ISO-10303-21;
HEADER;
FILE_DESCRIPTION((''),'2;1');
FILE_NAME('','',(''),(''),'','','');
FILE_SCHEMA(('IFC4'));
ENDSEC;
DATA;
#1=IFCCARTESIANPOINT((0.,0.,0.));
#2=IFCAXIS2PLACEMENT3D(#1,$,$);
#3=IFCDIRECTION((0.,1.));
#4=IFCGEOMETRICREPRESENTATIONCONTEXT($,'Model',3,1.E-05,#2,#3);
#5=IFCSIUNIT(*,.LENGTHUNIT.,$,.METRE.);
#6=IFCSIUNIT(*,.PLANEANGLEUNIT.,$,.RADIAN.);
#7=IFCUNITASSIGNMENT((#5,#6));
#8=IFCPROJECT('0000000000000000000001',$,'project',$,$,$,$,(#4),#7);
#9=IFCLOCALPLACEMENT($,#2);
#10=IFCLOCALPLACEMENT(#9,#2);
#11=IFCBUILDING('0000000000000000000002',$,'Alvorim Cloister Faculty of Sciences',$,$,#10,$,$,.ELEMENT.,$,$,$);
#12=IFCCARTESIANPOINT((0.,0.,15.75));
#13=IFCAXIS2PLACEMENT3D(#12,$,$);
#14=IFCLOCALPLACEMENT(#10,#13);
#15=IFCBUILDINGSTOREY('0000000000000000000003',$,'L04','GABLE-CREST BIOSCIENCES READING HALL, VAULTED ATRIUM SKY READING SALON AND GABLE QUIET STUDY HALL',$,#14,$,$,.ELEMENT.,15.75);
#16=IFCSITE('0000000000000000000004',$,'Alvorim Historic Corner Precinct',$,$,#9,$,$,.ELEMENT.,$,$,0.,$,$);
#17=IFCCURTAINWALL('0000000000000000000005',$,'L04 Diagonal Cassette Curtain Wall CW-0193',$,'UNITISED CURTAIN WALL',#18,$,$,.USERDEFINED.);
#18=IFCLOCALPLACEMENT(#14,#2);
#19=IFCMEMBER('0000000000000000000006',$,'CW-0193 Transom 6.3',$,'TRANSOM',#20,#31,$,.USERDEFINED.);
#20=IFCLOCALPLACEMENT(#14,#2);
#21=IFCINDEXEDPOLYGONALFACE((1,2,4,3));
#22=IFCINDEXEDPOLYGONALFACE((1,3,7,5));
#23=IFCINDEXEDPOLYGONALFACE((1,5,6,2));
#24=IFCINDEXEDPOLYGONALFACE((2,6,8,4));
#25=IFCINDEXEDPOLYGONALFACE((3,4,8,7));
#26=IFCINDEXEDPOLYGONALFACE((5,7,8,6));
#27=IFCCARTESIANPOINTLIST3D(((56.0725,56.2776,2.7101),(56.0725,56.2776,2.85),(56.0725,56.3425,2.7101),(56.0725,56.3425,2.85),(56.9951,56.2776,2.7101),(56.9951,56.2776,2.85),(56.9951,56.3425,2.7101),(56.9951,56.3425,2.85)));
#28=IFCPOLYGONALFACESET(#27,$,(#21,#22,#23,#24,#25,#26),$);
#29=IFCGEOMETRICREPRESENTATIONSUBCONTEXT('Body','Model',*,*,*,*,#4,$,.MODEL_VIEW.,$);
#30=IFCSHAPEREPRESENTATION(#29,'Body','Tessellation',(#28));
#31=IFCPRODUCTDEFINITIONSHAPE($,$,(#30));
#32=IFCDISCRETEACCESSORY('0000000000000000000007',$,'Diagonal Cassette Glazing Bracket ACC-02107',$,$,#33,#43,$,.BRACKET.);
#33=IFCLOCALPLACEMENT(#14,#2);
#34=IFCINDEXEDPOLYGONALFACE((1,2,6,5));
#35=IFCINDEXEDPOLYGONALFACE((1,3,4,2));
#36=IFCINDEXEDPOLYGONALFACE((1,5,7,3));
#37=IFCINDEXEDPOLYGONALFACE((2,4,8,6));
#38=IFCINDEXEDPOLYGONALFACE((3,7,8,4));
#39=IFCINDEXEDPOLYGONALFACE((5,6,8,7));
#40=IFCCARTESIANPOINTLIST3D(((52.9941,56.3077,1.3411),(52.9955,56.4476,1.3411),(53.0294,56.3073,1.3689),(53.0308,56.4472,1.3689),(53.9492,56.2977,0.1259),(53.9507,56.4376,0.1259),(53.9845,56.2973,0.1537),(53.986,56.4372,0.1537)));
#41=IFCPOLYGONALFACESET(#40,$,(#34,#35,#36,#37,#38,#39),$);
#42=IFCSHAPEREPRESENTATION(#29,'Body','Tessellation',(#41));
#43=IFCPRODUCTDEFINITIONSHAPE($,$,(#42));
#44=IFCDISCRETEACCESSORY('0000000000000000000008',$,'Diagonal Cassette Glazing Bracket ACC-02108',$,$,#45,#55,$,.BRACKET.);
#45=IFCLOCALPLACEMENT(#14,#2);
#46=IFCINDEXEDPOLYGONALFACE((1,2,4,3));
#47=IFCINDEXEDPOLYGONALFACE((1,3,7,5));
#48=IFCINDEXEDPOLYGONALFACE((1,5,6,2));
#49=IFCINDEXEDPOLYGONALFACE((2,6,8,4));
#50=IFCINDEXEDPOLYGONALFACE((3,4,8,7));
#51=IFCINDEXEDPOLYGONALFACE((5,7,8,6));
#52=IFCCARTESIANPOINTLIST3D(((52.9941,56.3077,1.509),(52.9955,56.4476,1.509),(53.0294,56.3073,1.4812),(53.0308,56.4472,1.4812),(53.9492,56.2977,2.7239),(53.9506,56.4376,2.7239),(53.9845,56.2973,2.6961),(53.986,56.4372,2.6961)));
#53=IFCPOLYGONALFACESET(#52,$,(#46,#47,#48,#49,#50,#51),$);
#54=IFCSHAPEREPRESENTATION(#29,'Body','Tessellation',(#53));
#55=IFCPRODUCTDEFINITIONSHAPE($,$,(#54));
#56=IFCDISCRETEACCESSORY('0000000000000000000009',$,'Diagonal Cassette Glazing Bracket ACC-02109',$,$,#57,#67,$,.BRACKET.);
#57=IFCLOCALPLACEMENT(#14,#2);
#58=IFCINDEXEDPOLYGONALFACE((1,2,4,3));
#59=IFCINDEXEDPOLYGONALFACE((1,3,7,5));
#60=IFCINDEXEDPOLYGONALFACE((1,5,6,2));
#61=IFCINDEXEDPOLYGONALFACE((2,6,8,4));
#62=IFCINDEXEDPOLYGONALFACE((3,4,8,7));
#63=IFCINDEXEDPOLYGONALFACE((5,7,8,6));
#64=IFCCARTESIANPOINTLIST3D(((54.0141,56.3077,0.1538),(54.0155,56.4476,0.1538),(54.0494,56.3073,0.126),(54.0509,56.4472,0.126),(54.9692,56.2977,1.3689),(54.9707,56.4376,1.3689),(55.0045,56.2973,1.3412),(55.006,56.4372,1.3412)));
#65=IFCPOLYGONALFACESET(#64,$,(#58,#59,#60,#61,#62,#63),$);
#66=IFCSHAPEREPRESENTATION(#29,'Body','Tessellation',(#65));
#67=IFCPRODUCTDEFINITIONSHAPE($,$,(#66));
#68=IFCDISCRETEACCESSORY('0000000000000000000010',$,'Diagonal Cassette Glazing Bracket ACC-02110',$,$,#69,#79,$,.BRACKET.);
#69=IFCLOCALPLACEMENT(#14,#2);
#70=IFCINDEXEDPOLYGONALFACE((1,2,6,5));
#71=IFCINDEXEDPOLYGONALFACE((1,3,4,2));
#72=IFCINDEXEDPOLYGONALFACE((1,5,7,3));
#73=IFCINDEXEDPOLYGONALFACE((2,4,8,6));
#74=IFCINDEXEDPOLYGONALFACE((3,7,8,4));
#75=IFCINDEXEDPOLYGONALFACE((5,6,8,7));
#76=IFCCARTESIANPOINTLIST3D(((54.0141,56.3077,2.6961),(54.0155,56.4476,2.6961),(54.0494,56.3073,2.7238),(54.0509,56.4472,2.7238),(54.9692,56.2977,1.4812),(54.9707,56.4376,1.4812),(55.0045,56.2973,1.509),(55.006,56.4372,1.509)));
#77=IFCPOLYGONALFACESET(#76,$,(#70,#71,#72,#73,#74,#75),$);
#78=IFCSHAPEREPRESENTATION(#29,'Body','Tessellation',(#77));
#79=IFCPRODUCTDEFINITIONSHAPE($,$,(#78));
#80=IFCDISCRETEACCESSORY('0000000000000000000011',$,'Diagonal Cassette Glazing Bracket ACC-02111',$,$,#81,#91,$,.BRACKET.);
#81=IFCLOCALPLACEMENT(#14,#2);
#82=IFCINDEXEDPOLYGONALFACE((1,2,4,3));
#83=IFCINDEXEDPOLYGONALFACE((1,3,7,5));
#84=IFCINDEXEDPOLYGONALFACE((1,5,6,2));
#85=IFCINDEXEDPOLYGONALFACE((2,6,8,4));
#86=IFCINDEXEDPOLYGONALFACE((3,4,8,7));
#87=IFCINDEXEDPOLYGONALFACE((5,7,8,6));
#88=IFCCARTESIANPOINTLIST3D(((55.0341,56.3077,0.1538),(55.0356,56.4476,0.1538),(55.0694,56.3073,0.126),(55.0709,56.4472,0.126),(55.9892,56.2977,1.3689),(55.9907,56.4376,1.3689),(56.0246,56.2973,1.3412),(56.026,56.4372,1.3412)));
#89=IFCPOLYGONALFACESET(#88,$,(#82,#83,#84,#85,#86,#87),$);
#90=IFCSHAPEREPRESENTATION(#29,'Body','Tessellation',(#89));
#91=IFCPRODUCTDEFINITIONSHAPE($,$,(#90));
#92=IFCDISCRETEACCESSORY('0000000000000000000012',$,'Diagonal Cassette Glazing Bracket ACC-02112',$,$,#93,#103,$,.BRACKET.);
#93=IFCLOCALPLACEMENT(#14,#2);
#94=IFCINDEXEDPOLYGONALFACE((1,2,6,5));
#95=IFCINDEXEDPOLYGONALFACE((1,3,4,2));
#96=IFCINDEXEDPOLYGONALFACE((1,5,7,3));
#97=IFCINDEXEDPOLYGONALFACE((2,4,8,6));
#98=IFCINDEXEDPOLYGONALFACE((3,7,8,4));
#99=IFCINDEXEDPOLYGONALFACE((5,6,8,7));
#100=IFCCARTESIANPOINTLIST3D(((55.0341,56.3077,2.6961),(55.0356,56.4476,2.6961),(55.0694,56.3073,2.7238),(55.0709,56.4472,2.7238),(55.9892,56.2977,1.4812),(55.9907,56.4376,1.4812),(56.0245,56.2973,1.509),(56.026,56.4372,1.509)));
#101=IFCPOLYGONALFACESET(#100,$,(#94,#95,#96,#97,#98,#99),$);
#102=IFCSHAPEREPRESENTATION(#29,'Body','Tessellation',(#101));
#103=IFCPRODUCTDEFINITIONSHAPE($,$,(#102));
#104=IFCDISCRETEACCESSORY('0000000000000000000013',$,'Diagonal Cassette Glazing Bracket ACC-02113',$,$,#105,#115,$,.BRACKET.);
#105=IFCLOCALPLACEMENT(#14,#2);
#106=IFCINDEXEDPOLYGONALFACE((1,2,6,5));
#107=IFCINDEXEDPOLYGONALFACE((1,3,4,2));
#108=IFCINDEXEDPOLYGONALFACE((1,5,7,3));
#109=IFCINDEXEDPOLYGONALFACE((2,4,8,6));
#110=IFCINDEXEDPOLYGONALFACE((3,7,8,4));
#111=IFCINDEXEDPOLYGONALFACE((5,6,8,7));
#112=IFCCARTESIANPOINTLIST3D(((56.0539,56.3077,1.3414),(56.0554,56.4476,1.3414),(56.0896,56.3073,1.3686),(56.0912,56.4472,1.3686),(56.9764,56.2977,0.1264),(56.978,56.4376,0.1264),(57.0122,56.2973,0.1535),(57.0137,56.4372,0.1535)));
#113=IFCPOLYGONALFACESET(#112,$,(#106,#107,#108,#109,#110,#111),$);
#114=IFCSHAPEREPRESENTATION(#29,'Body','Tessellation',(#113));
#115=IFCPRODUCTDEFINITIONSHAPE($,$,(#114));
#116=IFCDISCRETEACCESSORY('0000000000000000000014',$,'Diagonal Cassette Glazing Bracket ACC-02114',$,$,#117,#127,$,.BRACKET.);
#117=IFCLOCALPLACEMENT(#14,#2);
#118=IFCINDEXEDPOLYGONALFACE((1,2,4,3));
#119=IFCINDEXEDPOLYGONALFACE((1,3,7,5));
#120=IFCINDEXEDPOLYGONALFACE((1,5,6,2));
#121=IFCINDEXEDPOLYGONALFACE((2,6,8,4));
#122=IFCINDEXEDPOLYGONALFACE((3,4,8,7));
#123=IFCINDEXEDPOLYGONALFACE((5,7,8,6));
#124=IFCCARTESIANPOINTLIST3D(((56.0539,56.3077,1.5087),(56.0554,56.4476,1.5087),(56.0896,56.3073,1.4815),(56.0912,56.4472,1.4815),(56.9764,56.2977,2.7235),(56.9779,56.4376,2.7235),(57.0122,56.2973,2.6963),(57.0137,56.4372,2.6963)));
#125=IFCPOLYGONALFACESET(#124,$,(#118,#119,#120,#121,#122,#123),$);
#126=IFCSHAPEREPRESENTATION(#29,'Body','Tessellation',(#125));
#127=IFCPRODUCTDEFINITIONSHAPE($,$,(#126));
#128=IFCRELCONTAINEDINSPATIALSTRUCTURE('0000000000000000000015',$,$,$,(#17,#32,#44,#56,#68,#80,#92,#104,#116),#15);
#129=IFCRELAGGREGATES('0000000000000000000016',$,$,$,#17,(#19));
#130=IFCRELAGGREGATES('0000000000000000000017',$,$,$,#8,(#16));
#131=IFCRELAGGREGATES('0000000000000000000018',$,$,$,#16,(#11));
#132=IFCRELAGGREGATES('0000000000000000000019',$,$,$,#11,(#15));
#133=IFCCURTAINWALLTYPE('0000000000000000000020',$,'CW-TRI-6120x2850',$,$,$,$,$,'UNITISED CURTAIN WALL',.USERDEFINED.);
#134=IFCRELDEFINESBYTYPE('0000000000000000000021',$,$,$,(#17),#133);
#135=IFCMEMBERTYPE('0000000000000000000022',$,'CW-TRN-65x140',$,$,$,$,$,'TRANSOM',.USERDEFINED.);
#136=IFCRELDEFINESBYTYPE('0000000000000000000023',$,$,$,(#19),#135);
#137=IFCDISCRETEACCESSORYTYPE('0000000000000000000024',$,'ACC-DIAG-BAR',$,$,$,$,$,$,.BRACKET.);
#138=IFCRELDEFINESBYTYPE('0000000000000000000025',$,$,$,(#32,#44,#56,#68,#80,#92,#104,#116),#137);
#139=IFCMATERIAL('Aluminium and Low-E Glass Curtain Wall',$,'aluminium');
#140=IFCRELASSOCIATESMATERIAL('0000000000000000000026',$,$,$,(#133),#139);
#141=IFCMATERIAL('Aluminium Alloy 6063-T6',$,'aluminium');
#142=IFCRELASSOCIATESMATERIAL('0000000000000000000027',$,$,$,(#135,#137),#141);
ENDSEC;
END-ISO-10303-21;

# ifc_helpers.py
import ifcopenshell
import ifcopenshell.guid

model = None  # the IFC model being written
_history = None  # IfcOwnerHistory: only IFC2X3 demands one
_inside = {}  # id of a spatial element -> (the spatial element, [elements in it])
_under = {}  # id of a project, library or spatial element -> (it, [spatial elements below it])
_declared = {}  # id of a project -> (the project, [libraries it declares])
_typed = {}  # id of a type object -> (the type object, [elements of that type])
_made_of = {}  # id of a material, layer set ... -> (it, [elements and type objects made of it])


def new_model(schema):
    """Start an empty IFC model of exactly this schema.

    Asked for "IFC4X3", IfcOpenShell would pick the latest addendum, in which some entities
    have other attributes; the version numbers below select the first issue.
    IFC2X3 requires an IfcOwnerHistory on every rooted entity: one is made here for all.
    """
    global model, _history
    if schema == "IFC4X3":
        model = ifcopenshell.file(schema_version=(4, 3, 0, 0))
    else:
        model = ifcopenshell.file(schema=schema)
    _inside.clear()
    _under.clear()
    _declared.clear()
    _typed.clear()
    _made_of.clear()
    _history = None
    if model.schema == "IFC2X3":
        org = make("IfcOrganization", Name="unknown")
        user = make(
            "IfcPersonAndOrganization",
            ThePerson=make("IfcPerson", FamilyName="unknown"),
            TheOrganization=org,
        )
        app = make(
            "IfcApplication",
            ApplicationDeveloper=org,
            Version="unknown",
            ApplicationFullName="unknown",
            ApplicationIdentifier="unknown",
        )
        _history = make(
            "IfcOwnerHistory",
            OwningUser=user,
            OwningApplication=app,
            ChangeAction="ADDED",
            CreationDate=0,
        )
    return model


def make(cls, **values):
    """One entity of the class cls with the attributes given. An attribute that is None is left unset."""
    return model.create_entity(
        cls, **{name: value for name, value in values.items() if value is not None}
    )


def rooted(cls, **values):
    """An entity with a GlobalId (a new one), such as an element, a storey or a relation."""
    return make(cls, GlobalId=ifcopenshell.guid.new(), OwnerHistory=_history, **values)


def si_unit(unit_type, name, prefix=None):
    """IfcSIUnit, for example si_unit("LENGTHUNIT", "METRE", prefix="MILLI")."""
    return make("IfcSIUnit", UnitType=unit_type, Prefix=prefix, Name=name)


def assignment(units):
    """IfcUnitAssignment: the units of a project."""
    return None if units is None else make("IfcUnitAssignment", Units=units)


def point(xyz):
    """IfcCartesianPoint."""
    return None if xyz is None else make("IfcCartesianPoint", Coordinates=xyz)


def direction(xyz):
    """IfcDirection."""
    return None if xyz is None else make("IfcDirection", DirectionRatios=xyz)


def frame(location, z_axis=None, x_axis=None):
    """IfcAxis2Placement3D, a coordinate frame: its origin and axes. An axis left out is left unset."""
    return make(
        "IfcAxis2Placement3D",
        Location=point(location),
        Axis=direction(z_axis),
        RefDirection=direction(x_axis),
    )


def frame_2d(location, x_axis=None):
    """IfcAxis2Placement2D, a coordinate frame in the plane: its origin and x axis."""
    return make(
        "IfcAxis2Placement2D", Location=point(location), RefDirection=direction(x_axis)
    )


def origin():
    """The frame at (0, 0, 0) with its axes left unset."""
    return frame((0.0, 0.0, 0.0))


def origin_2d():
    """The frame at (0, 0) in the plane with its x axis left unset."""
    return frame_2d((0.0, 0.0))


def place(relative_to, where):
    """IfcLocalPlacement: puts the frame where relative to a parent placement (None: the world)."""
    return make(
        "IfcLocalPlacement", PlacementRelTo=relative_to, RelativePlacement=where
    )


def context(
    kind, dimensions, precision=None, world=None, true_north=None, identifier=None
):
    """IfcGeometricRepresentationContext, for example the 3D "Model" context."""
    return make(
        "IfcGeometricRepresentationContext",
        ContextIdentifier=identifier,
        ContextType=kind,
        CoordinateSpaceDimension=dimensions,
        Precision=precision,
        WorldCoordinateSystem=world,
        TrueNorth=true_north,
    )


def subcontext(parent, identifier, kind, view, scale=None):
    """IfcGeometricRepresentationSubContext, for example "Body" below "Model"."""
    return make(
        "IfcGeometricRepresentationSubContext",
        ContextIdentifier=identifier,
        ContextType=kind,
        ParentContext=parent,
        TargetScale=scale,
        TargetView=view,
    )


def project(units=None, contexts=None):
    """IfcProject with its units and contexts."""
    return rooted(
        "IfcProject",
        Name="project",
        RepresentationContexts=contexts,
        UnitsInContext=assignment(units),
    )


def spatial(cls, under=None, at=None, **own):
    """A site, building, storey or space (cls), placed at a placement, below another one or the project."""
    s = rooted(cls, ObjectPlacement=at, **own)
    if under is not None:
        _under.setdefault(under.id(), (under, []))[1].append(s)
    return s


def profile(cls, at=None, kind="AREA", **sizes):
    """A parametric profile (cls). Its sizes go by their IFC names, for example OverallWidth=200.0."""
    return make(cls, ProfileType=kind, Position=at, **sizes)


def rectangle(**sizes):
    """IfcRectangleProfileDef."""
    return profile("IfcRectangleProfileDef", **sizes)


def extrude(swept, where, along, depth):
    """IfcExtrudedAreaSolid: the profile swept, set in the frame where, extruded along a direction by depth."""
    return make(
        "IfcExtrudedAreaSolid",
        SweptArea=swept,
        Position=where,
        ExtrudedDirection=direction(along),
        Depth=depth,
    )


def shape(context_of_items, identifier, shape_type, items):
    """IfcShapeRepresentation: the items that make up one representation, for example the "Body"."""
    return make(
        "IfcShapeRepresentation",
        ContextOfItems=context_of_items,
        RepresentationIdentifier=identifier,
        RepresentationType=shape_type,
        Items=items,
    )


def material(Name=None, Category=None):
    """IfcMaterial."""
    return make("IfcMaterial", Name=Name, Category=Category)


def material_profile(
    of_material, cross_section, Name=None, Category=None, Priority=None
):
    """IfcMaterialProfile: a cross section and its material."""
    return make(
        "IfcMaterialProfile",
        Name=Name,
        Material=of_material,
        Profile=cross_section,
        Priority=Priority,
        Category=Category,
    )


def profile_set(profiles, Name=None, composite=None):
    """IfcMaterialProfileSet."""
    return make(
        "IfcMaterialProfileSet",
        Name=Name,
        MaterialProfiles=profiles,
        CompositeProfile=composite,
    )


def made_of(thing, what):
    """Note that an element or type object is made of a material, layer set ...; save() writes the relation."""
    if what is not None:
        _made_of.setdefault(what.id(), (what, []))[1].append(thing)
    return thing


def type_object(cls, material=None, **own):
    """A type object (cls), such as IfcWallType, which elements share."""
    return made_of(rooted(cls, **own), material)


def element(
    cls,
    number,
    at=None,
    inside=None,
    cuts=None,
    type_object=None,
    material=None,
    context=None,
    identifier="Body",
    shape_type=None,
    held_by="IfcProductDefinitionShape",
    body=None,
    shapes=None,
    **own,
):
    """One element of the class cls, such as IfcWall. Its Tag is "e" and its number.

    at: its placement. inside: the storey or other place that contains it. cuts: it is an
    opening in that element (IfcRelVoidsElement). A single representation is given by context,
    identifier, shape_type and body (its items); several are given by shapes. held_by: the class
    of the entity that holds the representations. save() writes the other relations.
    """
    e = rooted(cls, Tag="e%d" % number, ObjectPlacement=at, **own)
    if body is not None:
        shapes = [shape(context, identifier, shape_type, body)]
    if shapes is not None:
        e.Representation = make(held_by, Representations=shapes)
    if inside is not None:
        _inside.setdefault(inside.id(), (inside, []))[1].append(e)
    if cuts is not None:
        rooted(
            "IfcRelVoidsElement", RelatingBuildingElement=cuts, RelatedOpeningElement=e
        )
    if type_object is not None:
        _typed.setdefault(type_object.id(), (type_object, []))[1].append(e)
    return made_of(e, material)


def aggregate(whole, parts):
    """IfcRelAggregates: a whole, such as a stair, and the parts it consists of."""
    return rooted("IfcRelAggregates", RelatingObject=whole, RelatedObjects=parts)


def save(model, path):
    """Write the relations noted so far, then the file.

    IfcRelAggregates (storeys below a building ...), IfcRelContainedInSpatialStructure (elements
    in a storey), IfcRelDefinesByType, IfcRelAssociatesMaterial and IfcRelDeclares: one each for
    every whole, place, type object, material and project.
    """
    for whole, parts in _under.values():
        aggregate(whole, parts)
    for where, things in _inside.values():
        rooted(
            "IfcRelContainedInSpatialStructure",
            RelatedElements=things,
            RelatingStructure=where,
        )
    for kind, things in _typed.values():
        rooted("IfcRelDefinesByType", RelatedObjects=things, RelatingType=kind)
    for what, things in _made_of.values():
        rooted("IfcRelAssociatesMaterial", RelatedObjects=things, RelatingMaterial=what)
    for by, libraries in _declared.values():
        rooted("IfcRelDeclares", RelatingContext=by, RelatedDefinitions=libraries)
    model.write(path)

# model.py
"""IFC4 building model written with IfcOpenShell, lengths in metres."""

from ifc_helpers import new_model, si_unit, direction, frame, origin, origin_2d, place, context, subcontext, project, spatial, rectangle, extrude, material, material_profile, profile_set, type_object, element, aggregate, save


model = new_model("IFC4")

# Units and contexts
model_context = context("Model", 3, precision=1e-05, world=origin(), true_north=direction((0.0, 1.0)))
body_context = subcontext(model_context, "Body", "Model", "MODEL_VIEW")
ifc_project = project(units=[si_unit("LENGTHUNIT", "METRE"), si_unit("PLANEANGLEUNIT", "RADIAN")], contexts=[model_context])

# Site, building, storey
site_placement = place(None, origin())
site = spatial("IfcSite", under=ifc_project, at=site_placement, Name="Alvorim Historic Corner Precinct", CompositionType="ELEMENT", RefElevation=0.0)
building_placement = place(site_placement, origin())
building = spatial("IfcBuilding", under=site, at=building_placement, Name="Alvorim Cloister Faculty of Sciences", CompositionType="ELEMENT")
storey_placement = place(building_placement, frame((0.0, 0.0, 15.75)))
storey = spatial("IfcBuildingStorey", under=building, at=storey_placement, Name="L04", Description="GABLE-CREST BIOSCIENCES READING HALL, VAULTED ATRIUM SKY READING SALON AND GABLE QUIET STUDY HALL", CompositionType="ELEMENT", Elevation=15.75)

# Curtain wall, member
ifc_material_1 = material(Name="Aluminium and Low-E Glass Curtain Wall", Category="aluminium")
curtain_wall_type = type_object("IfcCurtainWallType", Name="CW-TRI-6120x2850", ElementType="UNITISED CURTAIN WALL", PredefinedType="USERDEFINED", material=ifc_material_1)
curtain_wall_placement = place(storey_placement, origin())
curtain_wall = element("IfcCurtainWall", 1, at=curtain_wall_placement, inside=storey, type_object=curtain_wall_type, Name="L04 Diagonal Cassette Curtain Wall CW-0193", ObjectType="UNITISED CURTAIN WALL", PredefinedType="USERDEFINED")
ifc_material_2 = material(Name="Aluminium Alloy 6063-T6", Category="aluminium")
ifc_material_profile_1 = material_profile(ifc_material_2, rectangle(XDim=0.0649, YDim=0.1399, at=origin_2d()), Name="ALU-TRN-65x140")
ifc_profile_set_1 = profile_set([ifc_material_profile_1], Name="Aluminium Alloy 6063-T6")
member_type_1 = type_object("IfcMemberType", Name="CW-TRN-65x140", ElementType="TRANSOM", PredefinedType="USERDEFINED", material=ifc_profile_set_1)
member_1_placement = place(storey_placement, frame((56.0725, 56.3101, 2.78), z_axis=(1.0, 0.0, 0.0), x_axis=(0.0, 1.0, 0.0)))
member_1 = element("IfcMember", 2, at=member_1_placement, type_object=member_type_1, Name="CW-0193 Transom 6.3", ObjectType="TRANSOM", PredefinedType="USERDEFINED", context=body_context, shape_type="SweptSolid", body=[
    extrude(rectangle(XDim=0.0649, YDim=0.1399, at=origin_2d()), origin(), (0.0, 0.0, 1.0), 0.9226),
])
aggregate(curtain_wall, [member_1])

# Discrete accessories
discrete_accessory_type = type_object("IfcDiscreteAccessoryType", Name="ACC-DIAG-BAR", PredefinedType="BRACKET", material=ifc_material_2)
discrete_accessory_1_placement = place(storey_placement, frame((53.0125, 56.3774, 1.355), z_axis=(0.617955, -0.006477, -0.786187), x_axis=(0.01048, 0.999945, 0.0)))
element("IfcDiscreteAccessory", 3, at=discrete_accessory_1_placement, inside=storey, type_object=discrete_accessory_type, Name="Diagonal Cassette Glazing Bracket ACC-02107", PredefinedType="BRACKET", context=body_context, shape_type="SweptSolid", body=[
    extrude(rectangle(XDim=0.1399, YDim=0.0449, at=origin_2d()), origin(), (0.0, 0.0, 1.0), 1.5457),
])
discrete_accessory_2_placement = place(storey_placement, frame((53.0125, 56.3774, 1.4951), z_axis=(0.618032, -0.006477, 0.786126), x_axis=(0.01048, 0.999945, 0.0)))
element("IfcDiscreteAccessory", 4, at=discrete_accessory_2_placement, inside=storey, type_object=discrete_accessory_type, Name="Diagonal Cassette Glazing Bracket ACC-02108", PredefinedType="BRACKET", context=body_context, shape_type="SweptSolid", body=[
    extrude(rectangle(XDim=0.1399, YDim=0.0449, at=origin_2d()), origin(), (0.0, 0.0, 1.0), 1.5454),
])
discrete_accessory_3_placement = place(storey_placement, frame((54.0325, 56.3774, 0.1399), z_axis=(0.617955, -0.006477, 0.786187), x_axis=(0.01048, 0.999945, 0.0)))
element("IfcDiscreteAccessory", 5, at=discrete_accessory_3_placement, inside=storey, type_object=discrete_accessory_type, Name="Diagonal Cassette Glazing Bracket ACC-02109", PredefinedType="BRACKET", context=body_context, shape_type="SweptSolid", body=[
    extrude(rectangle(XDim=0.1399, YDim=0.0449, at=origin_2d()), origin(), (0.0, 0.0, 1.0), 1.5457),
])
discrete_accessory_4_placement = place(storey_placement, frame((54.0325, 56.3774, 2.71), z_axis=(0.618032, -0.006477, -0.786126), x_axis=(0.01048, 0.999945, 0.0)))
element("IfcDiscreteAccessory", 6, at=discrete_accessory_4_placement, inside=storey, type_object=discrete_accessory_type, Name="Diagonal Cassette Glazing Bracket ACC-02110", PredefinedType="BRACKET", context=body_context, shape_type="SweptSolid", body=[
    extrude(rectangle(XDim=0.1399, YDim=0.0449, at=origin_2d()), origin(), (0.0, 0.0, 1.0), 1.5454),
])
discrete_accessory_5_placement = place(storey_placement, frame((55.0525, 56.3774, 0.1399), z_axis=(0.617955, -0.006477, 0.786187), x_axis=(0.01048, 0.999945, 0.0)))
element("IfcDiscreteAccessory", 7, at=discrete_accessory_5_placement, inside=storey, type_object=discrete_accessory_type, Name="Diagonal Cassette Glazing Bracket ACC-02111", PredefinedType="BRACKET", context=body_context, shape_type="SweptSolid", body=[
    extrude(rectangle(XDim=0.1399, YDim=0.0449, at=origin_2d()), origin(), (0.0, 0.0, 1.0), 1.5457),
])
discrete_accessory_6_placement = place(storey_placement, frame((55.0525, 56.3774, 2.71), z_axis=(0.618032, -0.006477, -0.786126), x_axis=(0.01048, 0.999945, 0.0)))
element("IfcDiscreteAccessory", 8, at=discrete_accessory_6_placement, inside=storey, type_object=discrete_accessory_type, Name="Diagonal Cassette Glazing Bracket ACC-02112", PredefinedType="BRACKET", context=body_context, shape_type="SweptSolid", body=[
    extrude(rectangle(XDim=0.1399, YDim=0.0449, at=origin_2d()), origin(), (0.0, 0.0, 1.0), 1.5454),
])
discrete_accessory_7_placement = place(storey_placement, frame((56.0725, 56.3774, 1.355), z_axis=(0.604713, -0.006561, -0.796416), x_axis=(0.010849, 0.999941, 0.0)))
element("IfcDiscreteAccessory", 9, at=discrete_accessory_7_placement, inside=storey, type_object=discrete_accessory_type, Name="Diagonal Cassette Glazing Bracket ACC-02113", PredefinedType="BRACKET", context=body_context, shape_type="SweptSolid", body=[
    extrude(rectangle(XDim=0.1399, YDim=0.0449, at=origin_2d()), origin(), (0.0, 0.0, 1.0), 1.5256),
])
discrete_accessory_8_placement = place(storey_placement, frame((56.0725, 56.3774, 1.4951), z_axis=(0.60479, -0.006562, 0.796358), x_axis=(0.010849, 0.999941, 0.0)))
element("IfcDiscreteAccessory", 10, at=discrete_accessory_8_placement, inside=storey, type_object=discrete_accessory_type, Name="Diagonal Cassette Glazing Bracket ACC-02114", PredefinedType="BRACKET", context=body_context, shape_type="SweptSolid", body=[
    extrude(rectangle(XDim=0.1399, YDim=0.0449, at=origin_2d()), origin(), (0.0, 0.0, 1.0), 1.5254),
])

save(model, "model.ifc")
